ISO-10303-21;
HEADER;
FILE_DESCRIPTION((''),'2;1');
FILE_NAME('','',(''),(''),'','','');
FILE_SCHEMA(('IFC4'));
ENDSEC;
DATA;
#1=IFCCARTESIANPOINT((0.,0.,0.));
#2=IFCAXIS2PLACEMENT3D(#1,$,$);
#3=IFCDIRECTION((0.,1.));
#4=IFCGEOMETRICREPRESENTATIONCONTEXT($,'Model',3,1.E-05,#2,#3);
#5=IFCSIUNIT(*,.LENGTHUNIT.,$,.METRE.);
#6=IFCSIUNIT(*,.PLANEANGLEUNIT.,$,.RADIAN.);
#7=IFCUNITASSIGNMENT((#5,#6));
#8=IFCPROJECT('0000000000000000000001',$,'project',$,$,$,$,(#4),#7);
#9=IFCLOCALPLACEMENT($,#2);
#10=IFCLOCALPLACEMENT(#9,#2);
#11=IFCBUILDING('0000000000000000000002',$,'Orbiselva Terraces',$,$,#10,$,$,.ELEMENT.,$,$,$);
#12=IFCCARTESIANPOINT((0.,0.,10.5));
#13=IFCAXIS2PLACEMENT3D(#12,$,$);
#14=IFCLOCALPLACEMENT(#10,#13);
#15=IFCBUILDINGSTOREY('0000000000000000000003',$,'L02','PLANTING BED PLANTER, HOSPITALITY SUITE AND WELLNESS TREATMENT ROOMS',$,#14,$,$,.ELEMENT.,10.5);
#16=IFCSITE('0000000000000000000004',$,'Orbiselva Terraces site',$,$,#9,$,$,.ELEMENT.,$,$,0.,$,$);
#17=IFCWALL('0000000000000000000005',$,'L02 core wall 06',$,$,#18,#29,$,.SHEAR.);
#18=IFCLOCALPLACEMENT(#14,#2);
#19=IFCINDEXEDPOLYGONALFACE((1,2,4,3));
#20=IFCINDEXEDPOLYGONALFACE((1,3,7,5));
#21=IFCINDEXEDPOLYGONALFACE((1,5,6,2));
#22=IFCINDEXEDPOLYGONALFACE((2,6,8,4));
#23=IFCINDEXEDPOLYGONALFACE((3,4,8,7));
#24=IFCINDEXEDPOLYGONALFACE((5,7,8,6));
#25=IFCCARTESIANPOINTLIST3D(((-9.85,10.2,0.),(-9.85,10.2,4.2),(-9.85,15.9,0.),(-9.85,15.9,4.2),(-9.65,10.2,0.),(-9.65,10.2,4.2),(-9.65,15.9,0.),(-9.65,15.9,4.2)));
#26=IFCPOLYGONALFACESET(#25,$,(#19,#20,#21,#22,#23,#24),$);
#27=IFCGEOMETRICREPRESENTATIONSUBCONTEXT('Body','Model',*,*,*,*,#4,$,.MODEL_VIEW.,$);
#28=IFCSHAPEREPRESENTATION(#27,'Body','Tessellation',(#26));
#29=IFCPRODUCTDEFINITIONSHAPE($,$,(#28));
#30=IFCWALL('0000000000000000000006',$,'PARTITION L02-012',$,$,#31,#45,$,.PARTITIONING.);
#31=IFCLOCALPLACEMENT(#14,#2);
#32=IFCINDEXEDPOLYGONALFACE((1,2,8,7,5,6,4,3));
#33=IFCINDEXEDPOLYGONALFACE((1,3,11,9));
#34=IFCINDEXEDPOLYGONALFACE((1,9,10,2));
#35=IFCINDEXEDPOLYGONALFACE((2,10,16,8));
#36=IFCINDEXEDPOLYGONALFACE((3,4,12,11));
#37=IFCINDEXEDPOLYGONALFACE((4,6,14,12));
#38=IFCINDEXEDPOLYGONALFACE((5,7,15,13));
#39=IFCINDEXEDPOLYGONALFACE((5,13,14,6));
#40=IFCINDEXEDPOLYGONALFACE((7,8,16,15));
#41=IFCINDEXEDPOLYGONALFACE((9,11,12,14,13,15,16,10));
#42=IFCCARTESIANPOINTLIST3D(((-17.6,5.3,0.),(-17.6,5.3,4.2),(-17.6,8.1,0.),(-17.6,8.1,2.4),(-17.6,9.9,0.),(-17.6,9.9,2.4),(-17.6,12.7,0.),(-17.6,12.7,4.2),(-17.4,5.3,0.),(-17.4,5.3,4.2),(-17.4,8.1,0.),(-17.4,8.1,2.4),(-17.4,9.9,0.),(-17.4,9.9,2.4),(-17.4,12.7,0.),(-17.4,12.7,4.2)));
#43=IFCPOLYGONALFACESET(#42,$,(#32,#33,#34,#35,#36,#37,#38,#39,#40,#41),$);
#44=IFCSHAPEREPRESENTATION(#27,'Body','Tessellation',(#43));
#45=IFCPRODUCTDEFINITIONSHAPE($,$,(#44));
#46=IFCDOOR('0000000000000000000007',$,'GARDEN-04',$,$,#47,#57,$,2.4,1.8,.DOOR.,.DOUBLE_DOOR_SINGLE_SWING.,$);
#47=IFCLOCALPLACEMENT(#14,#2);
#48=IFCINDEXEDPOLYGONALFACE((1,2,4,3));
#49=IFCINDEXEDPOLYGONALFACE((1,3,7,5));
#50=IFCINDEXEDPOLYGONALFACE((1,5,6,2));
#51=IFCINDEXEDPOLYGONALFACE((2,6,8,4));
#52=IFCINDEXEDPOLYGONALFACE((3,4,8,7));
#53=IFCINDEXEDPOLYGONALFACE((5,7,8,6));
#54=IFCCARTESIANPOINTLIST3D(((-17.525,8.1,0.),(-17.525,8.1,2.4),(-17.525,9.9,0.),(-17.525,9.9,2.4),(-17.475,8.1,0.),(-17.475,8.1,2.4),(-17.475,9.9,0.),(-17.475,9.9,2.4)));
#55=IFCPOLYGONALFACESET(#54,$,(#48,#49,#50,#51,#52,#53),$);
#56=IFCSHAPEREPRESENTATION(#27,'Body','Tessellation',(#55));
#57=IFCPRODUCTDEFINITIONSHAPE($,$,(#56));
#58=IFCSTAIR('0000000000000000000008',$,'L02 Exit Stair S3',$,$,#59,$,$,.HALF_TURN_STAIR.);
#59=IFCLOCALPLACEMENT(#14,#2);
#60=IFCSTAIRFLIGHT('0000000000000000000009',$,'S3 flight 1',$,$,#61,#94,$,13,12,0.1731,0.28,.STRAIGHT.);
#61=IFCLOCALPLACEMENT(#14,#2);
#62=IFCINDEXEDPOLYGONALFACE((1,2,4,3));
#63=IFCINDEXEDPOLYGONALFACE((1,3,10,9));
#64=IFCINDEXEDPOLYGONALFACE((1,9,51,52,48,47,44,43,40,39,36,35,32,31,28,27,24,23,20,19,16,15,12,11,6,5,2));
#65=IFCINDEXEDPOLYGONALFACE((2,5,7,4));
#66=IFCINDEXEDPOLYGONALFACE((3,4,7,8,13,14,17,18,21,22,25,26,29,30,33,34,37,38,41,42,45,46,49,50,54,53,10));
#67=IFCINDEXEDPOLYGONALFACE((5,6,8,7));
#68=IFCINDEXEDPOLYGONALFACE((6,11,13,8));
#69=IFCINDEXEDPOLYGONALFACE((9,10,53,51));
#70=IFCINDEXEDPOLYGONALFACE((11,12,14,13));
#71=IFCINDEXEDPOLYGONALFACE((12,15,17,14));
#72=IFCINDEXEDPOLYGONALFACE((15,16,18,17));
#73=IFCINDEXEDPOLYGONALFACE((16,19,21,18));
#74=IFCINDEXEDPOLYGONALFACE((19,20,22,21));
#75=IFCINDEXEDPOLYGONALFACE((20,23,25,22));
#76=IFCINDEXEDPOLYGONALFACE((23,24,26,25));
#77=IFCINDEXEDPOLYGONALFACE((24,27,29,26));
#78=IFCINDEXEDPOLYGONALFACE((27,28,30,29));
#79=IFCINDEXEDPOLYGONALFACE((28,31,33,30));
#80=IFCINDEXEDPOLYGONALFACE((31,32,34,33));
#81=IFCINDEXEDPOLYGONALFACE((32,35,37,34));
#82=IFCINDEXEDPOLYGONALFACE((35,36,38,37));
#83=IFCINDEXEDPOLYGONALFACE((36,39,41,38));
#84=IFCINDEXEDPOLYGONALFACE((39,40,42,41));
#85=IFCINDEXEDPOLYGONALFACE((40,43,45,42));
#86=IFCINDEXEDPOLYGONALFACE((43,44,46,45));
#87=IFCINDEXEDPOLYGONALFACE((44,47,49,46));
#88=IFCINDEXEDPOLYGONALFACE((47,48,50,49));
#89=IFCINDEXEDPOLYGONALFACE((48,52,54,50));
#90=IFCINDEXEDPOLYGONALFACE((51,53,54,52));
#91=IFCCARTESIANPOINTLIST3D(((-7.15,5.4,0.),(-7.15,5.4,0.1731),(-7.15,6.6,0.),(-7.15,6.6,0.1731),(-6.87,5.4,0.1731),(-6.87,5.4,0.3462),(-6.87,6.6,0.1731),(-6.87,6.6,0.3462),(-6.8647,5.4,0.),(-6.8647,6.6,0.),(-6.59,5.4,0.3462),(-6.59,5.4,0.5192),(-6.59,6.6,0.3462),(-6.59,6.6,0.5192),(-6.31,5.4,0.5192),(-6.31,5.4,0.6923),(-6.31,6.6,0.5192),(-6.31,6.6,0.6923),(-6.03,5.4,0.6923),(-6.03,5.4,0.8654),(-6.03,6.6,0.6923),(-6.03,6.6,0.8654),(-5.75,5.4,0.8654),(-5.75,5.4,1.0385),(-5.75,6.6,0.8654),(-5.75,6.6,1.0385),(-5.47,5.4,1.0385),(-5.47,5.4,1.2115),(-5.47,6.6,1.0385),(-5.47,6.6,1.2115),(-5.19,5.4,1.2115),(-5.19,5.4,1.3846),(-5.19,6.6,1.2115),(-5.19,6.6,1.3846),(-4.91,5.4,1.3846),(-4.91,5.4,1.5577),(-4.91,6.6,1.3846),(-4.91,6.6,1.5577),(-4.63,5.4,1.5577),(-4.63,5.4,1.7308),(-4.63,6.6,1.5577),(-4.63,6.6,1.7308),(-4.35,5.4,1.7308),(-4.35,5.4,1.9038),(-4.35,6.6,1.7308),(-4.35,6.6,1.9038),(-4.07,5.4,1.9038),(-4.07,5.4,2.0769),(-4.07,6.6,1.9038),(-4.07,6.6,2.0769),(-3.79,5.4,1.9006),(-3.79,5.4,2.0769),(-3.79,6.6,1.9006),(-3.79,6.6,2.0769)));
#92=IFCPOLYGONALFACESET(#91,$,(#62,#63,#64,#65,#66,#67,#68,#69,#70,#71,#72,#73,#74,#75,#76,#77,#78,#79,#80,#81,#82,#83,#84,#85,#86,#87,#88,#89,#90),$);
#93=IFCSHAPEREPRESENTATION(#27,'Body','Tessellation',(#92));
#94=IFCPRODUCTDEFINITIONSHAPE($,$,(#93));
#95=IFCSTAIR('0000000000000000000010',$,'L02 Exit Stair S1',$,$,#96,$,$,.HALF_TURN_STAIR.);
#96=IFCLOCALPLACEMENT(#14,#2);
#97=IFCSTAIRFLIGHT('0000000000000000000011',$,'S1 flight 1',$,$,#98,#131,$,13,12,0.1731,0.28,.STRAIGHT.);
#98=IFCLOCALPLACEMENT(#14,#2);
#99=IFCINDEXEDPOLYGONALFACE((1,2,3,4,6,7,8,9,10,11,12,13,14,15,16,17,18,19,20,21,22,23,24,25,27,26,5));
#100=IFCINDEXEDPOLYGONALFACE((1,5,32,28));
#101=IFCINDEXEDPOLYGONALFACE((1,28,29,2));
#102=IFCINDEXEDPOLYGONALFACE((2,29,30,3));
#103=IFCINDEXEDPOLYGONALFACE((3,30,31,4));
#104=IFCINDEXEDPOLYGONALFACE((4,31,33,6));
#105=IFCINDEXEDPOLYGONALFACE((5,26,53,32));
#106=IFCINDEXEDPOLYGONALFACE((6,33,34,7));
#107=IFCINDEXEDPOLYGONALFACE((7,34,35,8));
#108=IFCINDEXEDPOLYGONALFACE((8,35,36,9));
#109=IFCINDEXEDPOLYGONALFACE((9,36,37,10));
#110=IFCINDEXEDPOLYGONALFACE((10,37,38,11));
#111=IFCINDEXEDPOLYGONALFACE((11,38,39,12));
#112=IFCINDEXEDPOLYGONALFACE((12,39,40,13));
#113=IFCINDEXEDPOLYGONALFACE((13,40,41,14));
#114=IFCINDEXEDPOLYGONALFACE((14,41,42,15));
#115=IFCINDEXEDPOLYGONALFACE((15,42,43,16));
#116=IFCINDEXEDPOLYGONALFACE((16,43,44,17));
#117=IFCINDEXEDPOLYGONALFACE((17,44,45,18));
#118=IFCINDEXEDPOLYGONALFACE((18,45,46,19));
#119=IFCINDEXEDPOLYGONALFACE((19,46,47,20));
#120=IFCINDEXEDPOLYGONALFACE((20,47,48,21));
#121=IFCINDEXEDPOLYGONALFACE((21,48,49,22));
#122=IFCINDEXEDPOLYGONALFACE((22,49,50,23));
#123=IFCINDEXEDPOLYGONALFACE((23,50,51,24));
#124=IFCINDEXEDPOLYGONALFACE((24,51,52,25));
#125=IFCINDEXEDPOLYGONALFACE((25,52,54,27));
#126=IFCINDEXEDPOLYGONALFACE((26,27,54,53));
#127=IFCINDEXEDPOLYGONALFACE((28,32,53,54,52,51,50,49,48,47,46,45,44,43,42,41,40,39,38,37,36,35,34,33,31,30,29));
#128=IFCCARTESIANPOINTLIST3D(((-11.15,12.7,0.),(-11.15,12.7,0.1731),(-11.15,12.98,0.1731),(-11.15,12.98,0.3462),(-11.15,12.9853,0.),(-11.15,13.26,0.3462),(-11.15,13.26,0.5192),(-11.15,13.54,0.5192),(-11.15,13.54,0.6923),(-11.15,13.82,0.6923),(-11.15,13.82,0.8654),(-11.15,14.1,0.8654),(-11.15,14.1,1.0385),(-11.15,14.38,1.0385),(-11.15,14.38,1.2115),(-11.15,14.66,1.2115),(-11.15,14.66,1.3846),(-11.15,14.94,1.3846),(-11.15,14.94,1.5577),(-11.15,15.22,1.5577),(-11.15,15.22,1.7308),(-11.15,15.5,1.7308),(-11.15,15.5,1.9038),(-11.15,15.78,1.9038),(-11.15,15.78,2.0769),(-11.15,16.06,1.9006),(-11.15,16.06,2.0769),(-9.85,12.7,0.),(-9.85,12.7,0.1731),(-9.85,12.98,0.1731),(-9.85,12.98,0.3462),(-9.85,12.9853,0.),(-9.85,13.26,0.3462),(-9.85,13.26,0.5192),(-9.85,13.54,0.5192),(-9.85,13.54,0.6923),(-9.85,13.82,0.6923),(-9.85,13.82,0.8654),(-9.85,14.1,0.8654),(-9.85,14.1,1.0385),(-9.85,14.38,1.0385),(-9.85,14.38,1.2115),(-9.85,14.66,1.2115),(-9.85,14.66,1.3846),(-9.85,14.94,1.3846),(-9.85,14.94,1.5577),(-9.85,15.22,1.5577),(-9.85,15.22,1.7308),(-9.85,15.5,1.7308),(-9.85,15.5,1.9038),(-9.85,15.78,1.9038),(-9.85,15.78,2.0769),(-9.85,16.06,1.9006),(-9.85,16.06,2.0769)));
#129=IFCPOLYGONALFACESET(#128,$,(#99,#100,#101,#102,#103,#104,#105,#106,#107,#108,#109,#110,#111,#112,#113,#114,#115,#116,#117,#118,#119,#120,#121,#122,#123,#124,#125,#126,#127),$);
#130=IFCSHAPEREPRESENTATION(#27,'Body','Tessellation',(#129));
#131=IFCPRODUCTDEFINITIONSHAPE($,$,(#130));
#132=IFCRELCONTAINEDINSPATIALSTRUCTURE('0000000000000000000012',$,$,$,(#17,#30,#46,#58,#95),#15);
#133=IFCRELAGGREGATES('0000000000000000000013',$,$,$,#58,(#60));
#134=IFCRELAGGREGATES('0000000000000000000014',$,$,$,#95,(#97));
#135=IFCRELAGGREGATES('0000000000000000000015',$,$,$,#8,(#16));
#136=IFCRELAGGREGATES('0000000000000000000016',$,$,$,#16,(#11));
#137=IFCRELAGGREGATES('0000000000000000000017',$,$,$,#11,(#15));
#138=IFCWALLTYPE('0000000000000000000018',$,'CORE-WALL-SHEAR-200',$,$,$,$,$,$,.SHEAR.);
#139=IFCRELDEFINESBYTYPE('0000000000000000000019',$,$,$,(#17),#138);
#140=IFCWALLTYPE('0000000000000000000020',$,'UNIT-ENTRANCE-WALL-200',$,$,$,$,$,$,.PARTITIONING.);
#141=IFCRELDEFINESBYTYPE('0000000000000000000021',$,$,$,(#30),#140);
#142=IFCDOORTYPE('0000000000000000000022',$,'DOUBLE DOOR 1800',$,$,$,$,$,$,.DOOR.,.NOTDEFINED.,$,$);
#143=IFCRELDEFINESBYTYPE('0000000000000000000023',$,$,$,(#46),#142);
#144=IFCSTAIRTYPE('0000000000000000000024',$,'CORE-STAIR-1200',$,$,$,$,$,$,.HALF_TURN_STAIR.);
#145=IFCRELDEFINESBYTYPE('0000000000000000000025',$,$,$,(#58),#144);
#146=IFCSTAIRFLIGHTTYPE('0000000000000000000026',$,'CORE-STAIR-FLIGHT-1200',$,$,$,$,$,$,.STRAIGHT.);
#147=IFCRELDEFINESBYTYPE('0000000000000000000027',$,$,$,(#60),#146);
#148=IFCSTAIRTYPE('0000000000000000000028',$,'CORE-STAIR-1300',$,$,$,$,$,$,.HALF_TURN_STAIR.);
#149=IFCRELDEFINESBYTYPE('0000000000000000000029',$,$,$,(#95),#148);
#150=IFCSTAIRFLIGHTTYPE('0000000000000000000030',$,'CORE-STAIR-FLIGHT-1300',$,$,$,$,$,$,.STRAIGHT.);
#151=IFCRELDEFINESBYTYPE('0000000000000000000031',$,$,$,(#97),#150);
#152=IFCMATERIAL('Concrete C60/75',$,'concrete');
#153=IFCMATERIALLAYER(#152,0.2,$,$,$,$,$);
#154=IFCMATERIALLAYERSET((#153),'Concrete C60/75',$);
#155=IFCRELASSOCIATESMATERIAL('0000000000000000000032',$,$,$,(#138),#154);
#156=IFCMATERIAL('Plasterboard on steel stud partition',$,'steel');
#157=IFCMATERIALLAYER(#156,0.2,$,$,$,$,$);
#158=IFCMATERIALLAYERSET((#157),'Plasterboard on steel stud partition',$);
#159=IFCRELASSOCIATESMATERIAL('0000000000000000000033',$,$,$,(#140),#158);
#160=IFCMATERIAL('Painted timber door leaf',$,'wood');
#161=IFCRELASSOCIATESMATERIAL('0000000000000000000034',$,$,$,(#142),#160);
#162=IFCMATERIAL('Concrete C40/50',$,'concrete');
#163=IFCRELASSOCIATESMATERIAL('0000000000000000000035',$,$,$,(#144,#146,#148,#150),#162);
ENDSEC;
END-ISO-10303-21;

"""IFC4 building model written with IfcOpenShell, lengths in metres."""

from ifc_helpers import new_model, si_unit, direction, frame, frame_2d, origin, place, context, subcontext, project, spatial, polyline, rectangle, outline, extrude, material, layer, layer_set, type_object, element, fill, aggregate, save


model = new_model("IFC4")

# Units and contexts
model_context = context("Model", 3, precision=1e-05, world=origin(), true_north=direction((0.0, 1.0)))
body_context = subcontext(model_context, "Body", "Model", "MODEL_VIEW")
ifc_project = project(units=[si_unit("LENGTHUNIT", "METRE"), si_unit("PLANEANGLEUNIT", "RADIAN")], contexts=[model_context])

# Site, building, storey
site_placement = place(None, origin())
site = spatial("IfcSite", under=ifc_project, at=site_placement, Name="Orbiselva Terraces site", CompositionType="ELEMENT", RefElevation=0.0)
building_placement = place(site_placement, origin())
building = spatial("IfcBuilding", under=site, at=building_placement, Name="Orbiselva Terraces", CompositionType="ELEMENT")
storey_placement = place(building_placement, frame((0.0, 0.0, 10.5)))
storey = spatial("IfcBuildingStorey", under=building, at=storey_placement, Name="L02", Description="PLANTING BED PLANTER, HOSPITALITY SUITE AND WELLNESS TREATMENT ROOMS", CompositionType="ELEMENT", Elevation=10.5)

# Wall
ifc_material_1 = material(Name="Concrete C60/75", Category="concrete")
ifc_layer_1 = layer(ifc_material_1, 0.2)
ifc_layer_set_1 = layer_set([ifc_layer_1], Name="Concrete C60/75")
wall_type_1 = type_object("IfcWallType", Name="CORE-WALL-SHEAR-200", PredefinedType="SHEAR", material=ifc_layer_set_1)
wall_1_placement = place(storey_placement, frame((-9.75, 10.2, 0.0), z_axis=(0.0, 0.0, 1.0), x_axis=(0.0, 1.0, 0.0)))
element("IfcWall", 1, at=wall_1_placement, inside=storey, type_object=wall_type_1, Name="L02 core wall 06", PredefinedType="SHEAR", context=body_context, shape_type="SweptSolid", body=[
    extrude(rectangle(XDim=5.7, YDim=0.2, at=frame_2d((2.85, 0.0))), origin(), (0.0, 0.0, 1.0), 4.2),
])

# Wall, opening, door
ifc_material_2 = material(Name="Plasterboard on steel stud partition", Category="steel")
ifc_layer_2 = layer(ifc_material_2, 0.2)
ifc_layer_set_2 = layer_set([ifc_layer_2], Name="Plasterboard on steel stud partition")
wall_type_2 = type_object("IfcWallType", Name="UNIT-ENTRANCE-WALL-200", PredefinedType="PARTITIONING", material=ifc_layer_set_2)
wall_2_placement = place(storey_placement, frame((-17.5, 12.7, 0.0), z_axis=(0.0, 0.0, 1.0), x_axis=(0.0, -1.0, 0.0)))
wall_2 = element("IfcWall", 2, at=wall_2_placement, inside=storey, type_object=wall_type_2, Name="PARTITION L02-012", PredefinedType="PARTITIONING", context=body_context, shape_type="SweptSolid", body=[
    extrude(rectangle(XDim=7.4, YDim=0.2, at=frame_2d((3.7, 0.0))), origin(), (0.0, 0.0, 1.0), 4.2),
])
opening_1_placement = place(wall_2_placement, frame((2.8, 0.0, 0.0)))
opening_1 = element("IfcOpeningElement", 3, at=opening_1_placement, cuts=wall_2, PredefinedType="OPENING", context=body_context, shape_type="SweptSolid", body=[
    extrude(rectangle(XDim=1.8, YDim=2.4, at=frame_2d((0.9, 1.2))), frame((0.0, 0.11, 0.0), z_axis=(0.0, -1.0, 0.0), x_axis=(1.0, 0.0, 0.0)), (0.0, 0.0, 1.0), 0.22),
])
ifc_material_3 = material(Name="Painted timber door leaf", Category="wood")
door_type_1 = type_object("IfcDoorType", Name="DOUBLE DOOR 1800", OperationType="NOTDEFINED", PredefinedType="DOOR", material=ifc_material_3)
door_1_placement = place(opening_1_placement, origin())
door_1 = element("IfcDoor", 4, at=door_1_placement, inside=storey, type_object=door_type_1, Name="GARDEN-04", OperationType="DOUBLE_DOOR_SINGLE_SWING", OverallHeight=2.4, OverallWidth=1.8, PredefinedType="DOOR", context=body_context, shape_type="SweptSolid", body=[
    extrude(rectangle(XDim=1.8, YDim=2.4, at=frame_2d((0.9, 1.2))), frame((0.0, 0.025, 0.0), z_axis=(0.0, -1.0, 0.0), x_axis=(1.0, 0.0, 0.0)), (0.0, 0.0, 1.0), 0.05),
])
fill(opening_1, door_1)

# Stairs, stair flights
ifc_material_4 = material(Name="Concrete C40/50", Category="concrete")
stair_type_1 = type_object("IfcStairType", Name="CORE-STAIR-1200", PredefinedType="HALF_TURN_STAIR", material=ifc_material_4)
stair_1_placement = place(storey_placement, origin())
stair_1 = element("IfcStair", 5, at=stair_1_placement, inside=storey, type_object=stair_type_1, Name="L02 Exit Stair S3", PredefinedType="HALF_TURN_STAIR")
stair_flight_type_1 = type_object("IfcStairFlightType", Name="CORE-STAIR-FLIGHT-1200", PredefinedType="STRAIGHT", material=ifc_material_4)
stair_flight_1_placement = place(storey_placement, frame((-7.15, 6.0, 0.0), z_axis=(0.0, 0.0, 1.0), x_axis=(1.0, 0.0, 0.0)))
stair_flight_1 = element("IfcStairFlight", 6, at=stair_flight_1_placement, type_object=stair_flight_type_1, Name="S3 flight 1", NumberOfRisers=13, NumberOfTreads=12, PredefinedType="STRAIGHT", RiserHeight=0.1731, TreadLength=0.28, context=body_context, shape_type="SweptSolid", body=[
    extrude(outline(polyline([(0.0, 0.0), (0.0, 0.1731), (0.28, 0.1731), (0.28, 0.3462), (0.56, 0.3462), (0.56, 0.5192), (0.84, 0.5192), (0.84, 0.6923), (1.12, 0.6923), (1.12, 0.8654), (1.4, 0.8654), (1.4, 1.0385), (1.68, 1.0385), (1.68, 1.2115), (1.96, 1.2115), (1.96, 1.3846), (2.24, 1.3846), (2.24, 1.5577), (2.52, 1.5577), (2.52, 1.7308), (2.8, 1.7308), (2.8, 1.9038), (3.08, 1.9038), (3.08, 2.0769), (3.36, 2.0769), (3.36, 2.25), (3.36, 1.9006), (0.2853, 0.0), (0.0, 0.0)])), frame((0.0, 0.6, 0.0), z_axis=(0.0, -1.0, 0.0), x_axis=(1.0, 0.0, 0.0)), (0.0, 0.0, 1.0), 1.2),
])
aggregate(stair_1, [stair_flight_1])
stair_type_2 = type_object("IfcStairType", Name="CORE-STAIR-1300", PredefinedType="HALF_TURN_STAIR", material=ifc_material_4)
stair_2_placement = place(storey_placement, origin())
stair_2 = element("IfcStair", 7, at=stair_2_placement, inside=storey, type_object=stair_type_2, Name="L02 Exit Stair S1", PredefinedType="HALF_TURN_STAIR")
stair_flight_type_2 = type_object("IfcStairFlightType", Name="CORE-STAIR-FLIGHT-1300", PredefinedType="STRAIGHT", material=ifc_material_4)
stair_flight_2_placement = place(storey_placement, frame((-10.5, 12.7, 0.0), z_axis=(0.0, 0.0, 1.0), x_axis=(0.0, 1.0, 0.0)))
stair_flight_2 = element("IfcStairFlight", 8, at=stair_flight_2_placement, type_object=stair_flight_type_2, Name="S1 flight 1", NumberOfRisers=13, NumberOfTreads=12, PredefinedType="STRAIGHT", RiserHeight=0.1731, TreadLength=0.28, context=body_context, shape_type="SweptSolid", body=[
    extrude(outline(polyline([(0.0, 0.0), (0.0, 0.1731), (0.28, 0.1731), (0.28, 0.3462), (0.56, 0.3462), (0.56, 0.5192), (0.84, 0.5192), (0.84, 0.6923), (1.12, 0.6923), (1.12, 0.8654), (1.4, 0.8654), (1.4, 1.0385), (1.68, 1.0385), (1.68, 1.2115), (1.96, 1.2115), (1.96, 1.3846), (2.24, 1.3846), (2.24, 1.5577), (2.52, 1.5577), (2.52, 1.7308), (2.8, 1.7308), (2.8, 1.9038), (3.08, 1.9038), (3.08, 2.0769), (3.36, 2.0769), (3.36, 2.25), (3.36, 1.9006), (0.2853, 0.0), (0.0, 0.0)])), frame((0.0, 0.65, 0.0), z_axis=(0.0, -1.0, 0.0), x_axis=(1.0, 0.0, 0.0)), (0.0, 0.0, 1.0), 1.3),
])
aggregate(stair_2, [stair_flight_2])

save(model, "model.ifc")
